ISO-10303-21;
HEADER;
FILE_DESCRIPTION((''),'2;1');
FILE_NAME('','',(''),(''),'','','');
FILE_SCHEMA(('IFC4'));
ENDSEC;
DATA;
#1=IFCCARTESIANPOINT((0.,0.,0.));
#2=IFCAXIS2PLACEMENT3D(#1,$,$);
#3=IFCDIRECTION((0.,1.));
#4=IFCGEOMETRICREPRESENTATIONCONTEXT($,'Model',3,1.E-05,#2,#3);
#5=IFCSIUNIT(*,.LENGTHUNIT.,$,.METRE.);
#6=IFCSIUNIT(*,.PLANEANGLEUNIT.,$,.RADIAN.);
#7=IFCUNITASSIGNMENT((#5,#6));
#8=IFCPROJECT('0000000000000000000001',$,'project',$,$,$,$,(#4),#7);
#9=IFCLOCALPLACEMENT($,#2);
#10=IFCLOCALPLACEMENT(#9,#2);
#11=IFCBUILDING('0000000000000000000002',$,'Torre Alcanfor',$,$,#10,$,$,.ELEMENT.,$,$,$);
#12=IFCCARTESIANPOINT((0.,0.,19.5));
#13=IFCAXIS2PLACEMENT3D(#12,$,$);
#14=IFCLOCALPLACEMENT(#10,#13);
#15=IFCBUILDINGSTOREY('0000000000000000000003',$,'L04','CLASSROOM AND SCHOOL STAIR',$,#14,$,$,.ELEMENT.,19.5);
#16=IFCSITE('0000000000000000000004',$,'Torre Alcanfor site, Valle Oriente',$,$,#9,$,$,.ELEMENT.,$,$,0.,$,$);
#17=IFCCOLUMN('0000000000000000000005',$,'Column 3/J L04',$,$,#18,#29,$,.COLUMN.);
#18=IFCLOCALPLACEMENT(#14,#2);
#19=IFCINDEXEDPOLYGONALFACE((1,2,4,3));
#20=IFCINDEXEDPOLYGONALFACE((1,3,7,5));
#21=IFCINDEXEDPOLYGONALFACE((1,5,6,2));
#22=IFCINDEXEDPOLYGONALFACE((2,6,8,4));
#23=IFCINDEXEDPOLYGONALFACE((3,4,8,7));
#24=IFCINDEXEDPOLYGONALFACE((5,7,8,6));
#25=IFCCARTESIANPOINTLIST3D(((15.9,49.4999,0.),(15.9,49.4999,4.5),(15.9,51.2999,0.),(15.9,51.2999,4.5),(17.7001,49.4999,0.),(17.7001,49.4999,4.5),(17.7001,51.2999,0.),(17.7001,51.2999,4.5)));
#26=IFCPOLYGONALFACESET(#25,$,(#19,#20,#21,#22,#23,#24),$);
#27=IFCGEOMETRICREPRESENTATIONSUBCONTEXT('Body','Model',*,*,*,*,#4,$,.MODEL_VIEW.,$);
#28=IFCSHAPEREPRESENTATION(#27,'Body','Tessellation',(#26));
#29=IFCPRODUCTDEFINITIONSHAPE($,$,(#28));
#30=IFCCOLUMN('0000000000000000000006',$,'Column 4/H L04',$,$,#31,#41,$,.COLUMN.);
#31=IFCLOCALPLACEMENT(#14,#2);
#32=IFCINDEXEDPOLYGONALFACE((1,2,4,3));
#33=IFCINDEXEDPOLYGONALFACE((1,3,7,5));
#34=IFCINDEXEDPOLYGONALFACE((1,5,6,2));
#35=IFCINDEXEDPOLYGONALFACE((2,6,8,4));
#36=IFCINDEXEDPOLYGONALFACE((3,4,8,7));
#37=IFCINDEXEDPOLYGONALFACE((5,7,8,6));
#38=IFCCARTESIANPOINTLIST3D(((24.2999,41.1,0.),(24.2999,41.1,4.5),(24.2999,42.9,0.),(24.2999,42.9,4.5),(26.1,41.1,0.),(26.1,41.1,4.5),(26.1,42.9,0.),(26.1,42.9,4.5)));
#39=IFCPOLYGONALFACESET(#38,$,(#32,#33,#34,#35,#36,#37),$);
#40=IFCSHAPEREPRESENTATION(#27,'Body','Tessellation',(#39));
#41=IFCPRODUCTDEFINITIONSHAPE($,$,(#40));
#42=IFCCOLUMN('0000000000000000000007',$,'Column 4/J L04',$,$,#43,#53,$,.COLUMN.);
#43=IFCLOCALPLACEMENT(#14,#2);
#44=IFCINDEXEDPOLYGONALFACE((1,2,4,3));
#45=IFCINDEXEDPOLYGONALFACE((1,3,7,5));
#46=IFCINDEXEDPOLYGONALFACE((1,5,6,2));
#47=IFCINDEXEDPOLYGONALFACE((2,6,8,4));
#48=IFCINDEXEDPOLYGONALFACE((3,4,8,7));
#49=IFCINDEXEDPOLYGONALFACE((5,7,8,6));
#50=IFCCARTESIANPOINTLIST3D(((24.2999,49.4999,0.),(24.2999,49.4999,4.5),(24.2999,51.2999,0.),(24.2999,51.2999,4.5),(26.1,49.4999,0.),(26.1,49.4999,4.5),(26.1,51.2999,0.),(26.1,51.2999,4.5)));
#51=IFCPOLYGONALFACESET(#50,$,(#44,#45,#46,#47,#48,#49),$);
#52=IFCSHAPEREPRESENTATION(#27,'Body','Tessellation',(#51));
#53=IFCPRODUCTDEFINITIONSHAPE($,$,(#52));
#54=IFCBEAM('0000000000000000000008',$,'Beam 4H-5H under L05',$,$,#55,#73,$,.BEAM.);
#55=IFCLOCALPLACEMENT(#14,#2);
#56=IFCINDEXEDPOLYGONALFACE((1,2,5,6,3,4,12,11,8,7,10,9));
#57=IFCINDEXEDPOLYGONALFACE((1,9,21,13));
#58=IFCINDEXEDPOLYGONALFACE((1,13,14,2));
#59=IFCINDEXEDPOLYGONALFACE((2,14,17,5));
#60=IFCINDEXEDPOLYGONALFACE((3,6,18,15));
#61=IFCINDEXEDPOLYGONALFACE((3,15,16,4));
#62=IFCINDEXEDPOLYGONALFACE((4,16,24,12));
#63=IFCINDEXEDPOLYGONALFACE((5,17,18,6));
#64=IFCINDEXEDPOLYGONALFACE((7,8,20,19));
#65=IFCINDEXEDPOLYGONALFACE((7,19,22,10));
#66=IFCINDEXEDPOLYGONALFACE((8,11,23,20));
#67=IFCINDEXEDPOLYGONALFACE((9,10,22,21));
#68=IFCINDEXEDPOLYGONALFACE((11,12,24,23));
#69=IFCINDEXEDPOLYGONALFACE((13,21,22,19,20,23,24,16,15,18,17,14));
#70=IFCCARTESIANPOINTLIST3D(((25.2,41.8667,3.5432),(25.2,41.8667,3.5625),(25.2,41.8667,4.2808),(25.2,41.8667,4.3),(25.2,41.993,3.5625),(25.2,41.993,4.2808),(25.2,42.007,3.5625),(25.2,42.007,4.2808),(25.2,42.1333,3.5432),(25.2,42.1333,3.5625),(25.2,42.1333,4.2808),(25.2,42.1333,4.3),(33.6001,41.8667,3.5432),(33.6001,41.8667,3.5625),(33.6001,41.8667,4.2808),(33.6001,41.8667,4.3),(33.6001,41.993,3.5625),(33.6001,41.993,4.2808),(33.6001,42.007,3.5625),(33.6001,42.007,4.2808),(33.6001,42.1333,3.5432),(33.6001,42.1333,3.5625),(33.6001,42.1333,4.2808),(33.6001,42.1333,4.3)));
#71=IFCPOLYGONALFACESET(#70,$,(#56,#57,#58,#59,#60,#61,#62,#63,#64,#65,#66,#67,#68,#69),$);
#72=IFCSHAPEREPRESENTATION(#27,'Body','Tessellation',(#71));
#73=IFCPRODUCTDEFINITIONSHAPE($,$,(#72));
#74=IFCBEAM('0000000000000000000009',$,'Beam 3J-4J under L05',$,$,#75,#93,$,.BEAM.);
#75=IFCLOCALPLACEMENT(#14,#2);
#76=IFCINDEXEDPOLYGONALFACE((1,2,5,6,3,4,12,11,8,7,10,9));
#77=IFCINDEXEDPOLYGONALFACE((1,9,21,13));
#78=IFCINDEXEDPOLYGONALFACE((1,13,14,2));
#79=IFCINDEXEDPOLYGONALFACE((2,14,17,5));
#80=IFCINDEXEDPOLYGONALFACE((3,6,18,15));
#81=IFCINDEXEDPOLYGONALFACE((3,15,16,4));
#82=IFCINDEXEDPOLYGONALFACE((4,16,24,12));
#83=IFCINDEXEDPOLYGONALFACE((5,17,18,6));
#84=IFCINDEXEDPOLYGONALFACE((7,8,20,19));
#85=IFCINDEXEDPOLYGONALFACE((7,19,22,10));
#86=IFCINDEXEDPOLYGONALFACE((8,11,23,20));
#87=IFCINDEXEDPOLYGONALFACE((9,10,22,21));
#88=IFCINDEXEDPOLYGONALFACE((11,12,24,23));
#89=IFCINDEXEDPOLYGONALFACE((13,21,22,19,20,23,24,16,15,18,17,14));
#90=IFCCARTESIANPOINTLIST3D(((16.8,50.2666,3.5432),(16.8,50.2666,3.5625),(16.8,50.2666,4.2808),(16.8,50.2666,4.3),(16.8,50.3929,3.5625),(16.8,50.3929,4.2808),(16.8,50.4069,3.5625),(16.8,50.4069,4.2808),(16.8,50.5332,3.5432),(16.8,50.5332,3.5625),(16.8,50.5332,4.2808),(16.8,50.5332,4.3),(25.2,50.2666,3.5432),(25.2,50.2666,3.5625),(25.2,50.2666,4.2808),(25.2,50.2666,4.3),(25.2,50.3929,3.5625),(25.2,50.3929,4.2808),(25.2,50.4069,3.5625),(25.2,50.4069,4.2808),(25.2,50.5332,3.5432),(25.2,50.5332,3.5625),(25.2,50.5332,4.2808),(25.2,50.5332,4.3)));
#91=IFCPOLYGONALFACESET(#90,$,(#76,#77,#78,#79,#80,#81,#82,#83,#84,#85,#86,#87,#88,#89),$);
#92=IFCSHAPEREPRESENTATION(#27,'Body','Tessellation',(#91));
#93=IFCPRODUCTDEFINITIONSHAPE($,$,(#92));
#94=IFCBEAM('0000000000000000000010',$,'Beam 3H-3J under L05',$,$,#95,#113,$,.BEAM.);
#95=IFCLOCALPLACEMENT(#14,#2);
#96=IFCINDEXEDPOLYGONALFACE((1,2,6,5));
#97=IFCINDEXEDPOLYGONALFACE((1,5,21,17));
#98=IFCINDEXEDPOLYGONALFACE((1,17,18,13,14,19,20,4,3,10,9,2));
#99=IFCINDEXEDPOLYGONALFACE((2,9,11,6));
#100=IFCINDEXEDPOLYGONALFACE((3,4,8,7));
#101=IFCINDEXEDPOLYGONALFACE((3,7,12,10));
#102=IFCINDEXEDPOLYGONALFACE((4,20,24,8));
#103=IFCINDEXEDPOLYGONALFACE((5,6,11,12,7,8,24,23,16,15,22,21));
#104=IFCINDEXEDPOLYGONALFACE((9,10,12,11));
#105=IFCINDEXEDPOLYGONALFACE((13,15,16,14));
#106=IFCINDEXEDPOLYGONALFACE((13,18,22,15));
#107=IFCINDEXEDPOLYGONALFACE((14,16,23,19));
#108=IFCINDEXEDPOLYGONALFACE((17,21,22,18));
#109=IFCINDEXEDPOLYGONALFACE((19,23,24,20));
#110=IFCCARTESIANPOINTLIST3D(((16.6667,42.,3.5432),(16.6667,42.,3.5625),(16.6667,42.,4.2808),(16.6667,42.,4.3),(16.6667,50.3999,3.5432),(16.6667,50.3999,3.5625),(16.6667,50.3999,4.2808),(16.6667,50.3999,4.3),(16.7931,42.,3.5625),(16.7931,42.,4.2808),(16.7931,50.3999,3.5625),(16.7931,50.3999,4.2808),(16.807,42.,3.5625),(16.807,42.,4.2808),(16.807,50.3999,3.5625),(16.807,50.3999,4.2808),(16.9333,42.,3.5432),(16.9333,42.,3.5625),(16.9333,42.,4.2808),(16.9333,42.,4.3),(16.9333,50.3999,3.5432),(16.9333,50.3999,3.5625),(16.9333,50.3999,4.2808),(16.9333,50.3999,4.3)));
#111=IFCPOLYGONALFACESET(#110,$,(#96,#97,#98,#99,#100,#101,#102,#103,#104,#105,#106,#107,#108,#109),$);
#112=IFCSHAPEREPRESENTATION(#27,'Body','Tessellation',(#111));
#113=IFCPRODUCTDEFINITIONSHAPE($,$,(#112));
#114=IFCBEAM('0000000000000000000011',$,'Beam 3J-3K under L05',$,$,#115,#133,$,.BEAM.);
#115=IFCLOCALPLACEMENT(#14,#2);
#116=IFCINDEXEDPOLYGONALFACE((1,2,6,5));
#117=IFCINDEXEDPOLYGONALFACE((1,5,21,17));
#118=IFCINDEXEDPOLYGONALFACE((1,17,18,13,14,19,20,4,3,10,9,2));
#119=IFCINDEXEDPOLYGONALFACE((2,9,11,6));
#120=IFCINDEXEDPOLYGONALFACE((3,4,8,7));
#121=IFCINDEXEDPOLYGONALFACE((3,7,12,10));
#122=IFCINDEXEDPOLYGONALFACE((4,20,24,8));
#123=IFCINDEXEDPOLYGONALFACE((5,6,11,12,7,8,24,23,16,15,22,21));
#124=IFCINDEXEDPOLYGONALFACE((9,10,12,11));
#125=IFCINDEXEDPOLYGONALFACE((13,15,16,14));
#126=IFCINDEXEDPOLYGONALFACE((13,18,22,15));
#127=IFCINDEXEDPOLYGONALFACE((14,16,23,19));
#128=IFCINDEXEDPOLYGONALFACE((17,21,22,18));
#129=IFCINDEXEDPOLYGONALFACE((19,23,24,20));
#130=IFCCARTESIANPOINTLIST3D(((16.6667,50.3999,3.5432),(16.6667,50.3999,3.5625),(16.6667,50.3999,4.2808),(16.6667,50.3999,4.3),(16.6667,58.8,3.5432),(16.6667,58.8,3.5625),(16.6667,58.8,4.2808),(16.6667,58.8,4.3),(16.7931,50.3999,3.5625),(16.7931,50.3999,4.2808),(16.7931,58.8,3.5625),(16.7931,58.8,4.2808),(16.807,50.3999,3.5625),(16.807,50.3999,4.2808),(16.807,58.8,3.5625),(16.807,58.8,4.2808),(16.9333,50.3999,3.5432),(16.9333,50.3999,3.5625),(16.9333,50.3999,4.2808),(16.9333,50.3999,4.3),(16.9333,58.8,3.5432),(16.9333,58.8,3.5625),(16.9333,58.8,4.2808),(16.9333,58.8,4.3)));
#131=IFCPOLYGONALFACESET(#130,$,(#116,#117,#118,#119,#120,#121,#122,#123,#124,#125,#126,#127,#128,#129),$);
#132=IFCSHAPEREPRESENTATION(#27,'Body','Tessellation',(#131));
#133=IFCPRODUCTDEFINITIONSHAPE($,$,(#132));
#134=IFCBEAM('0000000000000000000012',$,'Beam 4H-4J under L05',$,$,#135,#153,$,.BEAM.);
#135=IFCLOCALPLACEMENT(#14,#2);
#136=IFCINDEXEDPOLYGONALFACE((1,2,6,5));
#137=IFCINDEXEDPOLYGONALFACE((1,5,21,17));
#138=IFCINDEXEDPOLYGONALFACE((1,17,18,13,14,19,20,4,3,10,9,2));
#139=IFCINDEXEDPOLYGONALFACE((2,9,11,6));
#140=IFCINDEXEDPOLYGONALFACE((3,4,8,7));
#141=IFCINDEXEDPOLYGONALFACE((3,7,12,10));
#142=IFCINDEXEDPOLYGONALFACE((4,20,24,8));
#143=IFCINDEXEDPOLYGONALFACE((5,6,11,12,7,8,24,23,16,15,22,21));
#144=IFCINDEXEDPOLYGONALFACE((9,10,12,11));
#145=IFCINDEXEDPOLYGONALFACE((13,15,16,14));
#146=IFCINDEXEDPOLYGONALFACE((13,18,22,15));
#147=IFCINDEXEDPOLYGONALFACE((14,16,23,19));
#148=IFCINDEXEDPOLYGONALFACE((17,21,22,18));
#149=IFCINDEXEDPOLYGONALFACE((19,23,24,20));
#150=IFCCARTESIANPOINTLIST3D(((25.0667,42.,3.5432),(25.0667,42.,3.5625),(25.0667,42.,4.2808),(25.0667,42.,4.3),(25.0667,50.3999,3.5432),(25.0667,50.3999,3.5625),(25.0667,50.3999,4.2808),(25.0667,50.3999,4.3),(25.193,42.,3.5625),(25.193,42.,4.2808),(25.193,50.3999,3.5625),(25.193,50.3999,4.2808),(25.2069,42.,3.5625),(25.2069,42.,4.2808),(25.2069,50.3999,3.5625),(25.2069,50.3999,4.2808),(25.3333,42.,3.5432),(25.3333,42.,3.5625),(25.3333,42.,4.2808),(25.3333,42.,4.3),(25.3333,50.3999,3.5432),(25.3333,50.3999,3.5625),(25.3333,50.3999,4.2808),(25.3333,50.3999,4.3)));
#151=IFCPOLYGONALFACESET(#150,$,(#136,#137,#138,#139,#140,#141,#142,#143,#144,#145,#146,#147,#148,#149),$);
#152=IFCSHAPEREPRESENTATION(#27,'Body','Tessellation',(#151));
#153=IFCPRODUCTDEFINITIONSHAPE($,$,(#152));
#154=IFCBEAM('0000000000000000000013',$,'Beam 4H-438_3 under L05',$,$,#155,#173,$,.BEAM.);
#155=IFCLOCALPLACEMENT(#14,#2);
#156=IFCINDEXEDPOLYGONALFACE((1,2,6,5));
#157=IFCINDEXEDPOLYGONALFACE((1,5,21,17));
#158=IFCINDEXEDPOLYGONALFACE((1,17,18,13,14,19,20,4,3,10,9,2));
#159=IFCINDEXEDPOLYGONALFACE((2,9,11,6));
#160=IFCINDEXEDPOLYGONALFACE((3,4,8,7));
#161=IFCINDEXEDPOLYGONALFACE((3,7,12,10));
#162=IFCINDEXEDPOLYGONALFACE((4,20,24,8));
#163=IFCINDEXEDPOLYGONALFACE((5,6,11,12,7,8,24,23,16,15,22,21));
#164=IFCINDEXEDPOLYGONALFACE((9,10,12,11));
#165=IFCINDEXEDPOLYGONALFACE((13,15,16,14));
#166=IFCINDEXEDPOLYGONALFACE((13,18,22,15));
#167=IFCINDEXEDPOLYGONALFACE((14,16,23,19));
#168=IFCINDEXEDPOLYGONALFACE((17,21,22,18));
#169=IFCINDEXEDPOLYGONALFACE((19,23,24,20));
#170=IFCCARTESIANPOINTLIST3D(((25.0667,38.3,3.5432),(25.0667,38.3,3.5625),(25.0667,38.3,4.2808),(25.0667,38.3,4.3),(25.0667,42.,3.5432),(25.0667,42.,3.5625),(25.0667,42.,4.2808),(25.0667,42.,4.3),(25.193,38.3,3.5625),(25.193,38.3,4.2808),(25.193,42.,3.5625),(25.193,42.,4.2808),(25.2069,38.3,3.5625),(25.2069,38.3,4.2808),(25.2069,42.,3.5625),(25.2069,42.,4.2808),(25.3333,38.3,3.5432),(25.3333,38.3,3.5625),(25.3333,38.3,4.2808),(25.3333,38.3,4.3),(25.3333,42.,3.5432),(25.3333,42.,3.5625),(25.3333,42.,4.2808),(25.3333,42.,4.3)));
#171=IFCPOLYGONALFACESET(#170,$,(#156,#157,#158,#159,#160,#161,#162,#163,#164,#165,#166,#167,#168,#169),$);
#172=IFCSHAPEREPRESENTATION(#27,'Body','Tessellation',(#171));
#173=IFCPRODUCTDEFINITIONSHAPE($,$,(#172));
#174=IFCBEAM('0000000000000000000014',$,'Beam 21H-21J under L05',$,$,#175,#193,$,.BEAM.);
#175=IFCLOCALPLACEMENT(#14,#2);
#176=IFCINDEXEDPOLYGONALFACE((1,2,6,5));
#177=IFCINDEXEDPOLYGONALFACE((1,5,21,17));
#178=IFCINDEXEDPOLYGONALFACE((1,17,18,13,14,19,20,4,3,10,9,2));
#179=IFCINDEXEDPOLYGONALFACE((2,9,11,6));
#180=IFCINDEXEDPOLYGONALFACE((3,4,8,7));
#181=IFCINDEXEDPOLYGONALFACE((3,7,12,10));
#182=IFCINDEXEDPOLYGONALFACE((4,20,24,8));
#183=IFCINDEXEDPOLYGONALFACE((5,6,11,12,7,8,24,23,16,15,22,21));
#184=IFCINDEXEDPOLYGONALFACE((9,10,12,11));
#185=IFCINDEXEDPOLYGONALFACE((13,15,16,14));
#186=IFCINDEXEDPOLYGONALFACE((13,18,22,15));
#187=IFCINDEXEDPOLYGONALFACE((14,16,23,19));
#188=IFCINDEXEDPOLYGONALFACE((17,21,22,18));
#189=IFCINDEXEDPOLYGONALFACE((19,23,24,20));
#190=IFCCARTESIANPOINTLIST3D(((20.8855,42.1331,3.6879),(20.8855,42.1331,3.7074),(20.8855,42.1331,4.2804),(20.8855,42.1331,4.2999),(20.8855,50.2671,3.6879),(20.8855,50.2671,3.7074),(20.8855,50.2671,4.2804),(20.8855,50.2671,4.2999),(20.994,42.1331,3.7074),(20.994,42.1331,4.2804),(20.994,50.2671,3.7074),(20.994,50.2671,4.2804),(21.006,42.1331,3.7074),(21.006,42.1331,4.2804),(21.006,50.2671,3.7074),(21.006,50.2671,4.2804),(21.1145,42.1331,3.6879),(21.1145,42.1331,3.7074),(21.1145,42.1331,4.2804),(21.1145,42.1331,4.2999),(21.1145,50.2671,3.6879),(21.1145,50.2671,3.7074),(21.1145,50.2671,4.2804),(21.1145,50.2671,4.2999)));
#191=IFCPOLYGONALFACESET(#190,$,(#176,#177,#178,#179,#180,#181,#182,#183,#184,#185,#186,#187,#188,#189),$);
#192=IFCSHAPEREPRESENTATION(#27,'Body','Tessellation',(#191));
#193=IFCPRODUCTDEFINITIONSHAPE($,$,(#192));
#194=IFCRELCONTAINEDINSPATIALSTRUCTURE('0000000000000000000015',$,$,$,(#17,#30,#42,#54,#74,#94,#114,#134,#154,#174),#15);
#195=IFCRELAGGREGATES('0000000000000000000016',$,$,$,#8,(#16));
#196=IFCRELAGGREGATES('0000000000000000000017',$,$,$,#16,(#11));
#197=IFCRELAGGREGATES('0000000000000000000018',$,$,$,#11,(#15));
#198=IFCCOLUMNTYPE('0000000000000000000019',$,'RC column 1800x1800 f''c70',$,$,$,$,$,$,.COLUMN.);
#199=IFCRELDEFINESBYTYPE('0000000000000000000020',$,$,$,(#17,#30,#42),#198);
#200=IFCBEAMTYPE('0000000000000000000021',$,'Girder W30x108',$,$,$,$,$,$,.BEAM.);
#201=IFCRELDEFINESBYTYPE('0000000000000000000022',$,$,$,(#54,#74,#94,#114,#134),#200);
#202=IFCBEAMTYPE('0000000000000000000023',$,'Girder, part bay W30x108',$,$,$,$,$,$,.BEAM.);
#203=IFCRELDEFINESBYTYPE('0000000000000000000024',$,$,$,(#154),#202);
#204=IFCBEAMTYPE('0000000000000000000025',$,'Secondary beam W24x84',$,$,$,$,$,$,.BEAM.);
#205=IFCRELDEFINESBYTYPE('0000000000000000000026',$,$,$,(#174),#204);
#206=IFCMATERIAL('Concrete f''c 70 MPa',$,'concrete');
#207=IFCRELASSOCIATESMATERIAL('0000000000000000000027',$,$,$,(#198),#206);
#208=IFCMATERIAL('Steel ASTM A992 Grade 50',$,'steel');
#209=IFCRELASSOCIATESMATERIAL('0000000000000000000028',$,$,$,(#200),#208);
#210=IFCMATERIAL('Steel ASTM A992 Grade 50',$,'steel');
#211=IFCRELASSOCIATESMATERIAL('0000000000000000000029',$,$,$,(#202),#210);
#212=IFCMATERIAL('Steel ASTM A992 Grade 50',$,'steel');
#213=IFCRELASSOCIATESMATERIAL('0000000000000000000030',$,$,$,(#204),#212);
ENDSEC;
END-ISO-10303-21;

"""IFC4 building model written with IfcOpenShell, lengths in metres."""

from ifc_helpers import new_model, si_unit, direction, frame, origin, origin_2d, place, context, subcontext, project, spatial, rectangle, i_section, extrude, material, material_profile, profile_set, type_object, element, save


model = new_model("IFC4")

# Units and contexts
model_context = context("Model", 3, precision=1e-05, world=origin(), true_north=direction((0.0, 1.0)))
body_context = subcontext(model_context, "Body", "Model", "MODEL_VIEW")
ifc_project = project(units=[si_unit("LENGTHUNIT", "METRE"), si_unit("PLANEANGLEUNIT", "RADIAN")], contexts=[model_context])

# Site, building, storey
site_placement = place(None, origin())
site = spatial("IfcSite", under=ifc_project, at=site_placement, Name="Torre Alcanfor site, Valle Oriente", CompositionType="ELEMENT", RefElevation=0.0)
building_placement = place(site_placement, origin())
building = spatial("IfcBuilding", under=site, at=building_placement, Name="Torre Alcanfor", CompositionType="ELEMENT")
storey_placement = place(building_placement, frame((0.0, 0.0, 19.5)))
storey = spatial("IfcBuildingStorey", under=building, at=storey_placement, Name="L04", Description="CLASSROOM AND SCHOOL STAIR", CompositionType="ELEMENT", Elevation=19.5)

# Columns
ifc_material_1 = material(Name="Concrete f'c 70 MPa", Category="concrete")
ifc_material_profile_1 = material_profile(ifc_material_1, rectangle(XDim=1.8, YDim=1.8, at=origin_2d()), Name="1800x1800")
ifc_profile_set_1 = profile_set([ifc_material_profile_1], Name="Concrete f'c 70 MPa")
column_type = type_object("IfcColumnType", Name="RC column 1800x1800 f'c70", PredefinedType="COLUMN", material=ifc_profile_set_1)
for number, where, z_axis, x_axis, name in (
    (1, (16.8, 50.3999, 0.0), (0.0, 0.0, 1.0), (1.0, 0.0, 0.0), "Column 3/J L04"),
    (2, (25.2, 42.0, 0.0), (0.0, 0.0, 1.0), (1.0, 0.0, 0.0), "Column 4/H L04"),
    (3, (25.2, 50.3999, 0.0), (0.0, 0.0, 1.0), (1.0, 0.0, 0.0), "Column 4/J L04"),
):
    element("IfcColumn", number, at=place(storey_placement, frame(where, z_axis=z_axis, x_axis=x_axis)), inside=storey, type_object=column_type, Name=name, PredefinedType="COLUMN", context=body_context, shape_type="SweptSolid", body=[
        extrude(rectangle(XDim=1.8, YDim=1.8, at=origin_2d()), origin(), (0.0, 0.0, 1.0), 4.5),
    ])

# Beams
ifc_material_2 = material(Name="Steel ASTM A992 Grade 50", Category="steel")
ifc_material_profile_2 = material_profile(ifc_material_2, i_section(OverallWidth=0.2666, OverallDepth=0.7568, WebThickness=0.0139, FlangeThickness=0.0193, at=origin_2d()), Name="W30x108")
ifc_profile_set_2 = profile_set([ifc_material_profile_2], Name="Steel ASTM A992 Grade 50")
beam_type_1 = type_object("IfcBeamType", Name="Girder W30x108", PredefinedType="BEAM", material=ifc_profile_set_2)
beam_1_placement = place(storey_placement, frame((25.2, 42.0, 3.9216), z_axis=(1.0, 0.0, 0.0), x_axis=(0.0, 1.0, 0.0)))
element("IfcBeam", 4, at=beam_1_placement, inside=storey, type_object=beam_type_1, Name="Beam 4H-5H under L05", PredefinedType="BEAM", context=body_context, shape_type="SweptSolid", body=[
    extrude(i_section(OverallWidth=0.2666, OverallDepth=0.7568, WebThickness=0.0139, FlangeThickness=0.0193, at=origin_2d()), origin(), (0.0, 0.0, 1.0), 8.4001),
])
for number, where, z_axis, x_axis, name in (
    (5, (16.8, 50.3999, 3.9216), (1.0, 0.0, 0.0), (0.0, 1.0, 0.0), "Beam 3J-4J under L05"),
    (6, (16.8, 42.0, 3.9216), (0.0, 1.0, 0.0), (-1.0, 0.0, 0.0), "Beam 3H-3J under L05"),
):
    element("IfcBeam", number, at=place(storey_placement, frame(where, z_axis=z_axis, x_axis=x_axis)), inside=storey, type_object=beam_type_1, Name=name, PredefinedType="BEAM", context=body_context, shape_type="SweptSolid", body=[
        extrude(i_section(OverallWidth=0.2666, OverallDepth=0.7568, WebThickness=0.0139, FlangeThickness=0.0193, at=origin_2d()), origin(), (0.0, 0.0, 1.0), 8.3999),
    ])
beam_2_placement = place(storey_placement, frame((16.8, 50.3999, 3.9216), z_axis=(0.0, 1.0, 0.0), x_axis=(-1.0, 0.0, 0.0)))
element("IfcBeam", 7, at=beam_2_placement, inside=storey, type_object=beam_type_1, Name="Beam 3J-3K under L05", PredefinedType="BEAM", context=body_context, shape_type="SweptSolid", body=[
    extrude(i_section(OverallWidth=0.2666, OverallDepth=0.7568, WebThickness=0.0139, FlangeThickness=0.0193, at=origin_2d()), origin(), (0.0, 0.0, 1.0), 8.4001),
])
beam_3_placement = place(storey_placement, frame((25.2, 42.0, 3.9216), z_axis=(0.0, 1.0, 0.0), x_axis=(-1.0, 0.0, 0.0)))
element("IfcBeam", 8, at=beam_3_placement, inside=storey, type_object=beam_type_1, Name="Beam 4H-4J under L05", PredefinedType="BEAM", context=body_context, shape_type="SweptSolid", body=[
    extrude(i_section(OverallWidth=0.2666, OverallDepth=0.7568, WebThickness=0.0139, FlangeThickness=0.0193, at=origin_2d()), origin(), (0.0, 0.0, 1.0), 8.3999),
])
ifc_material_3 = material(Name="Steel ASTM A992 Grade 50", Category="steel")
ifc_material_profile_3 = material_profile(ifc_material_3, i_section(OverallWidth=0.2666, OverallDepth=0.7568, WebThickness=0.0139, FlangeThickness=0.0193, at=origin_2d()), Name="W30x108")
ifc_profile_set_3 = profile_set([ifc_material_profile_3], Name="Steel ASTM A992 Grade 50")
beam_type_2 = type_object("IfcBeamType", Name="Girder, part bay W30x108", PredefinedType="BEAM", material=ifc_profile_set_3)
beam_4_placement = place(storey_placement, frame((25.2, 42.0, 3.9216), z_axis=(0.0, -1.0, 0.0), x_axis=(1.0, 0.0, 0.0)))
element("IfcBeam", 9, at=beam_4_placement, inside=storey, type_object=beam_type_2, Name="Beam 4H-438_3 under L05", PredefinedType="BEAM", context=body_context, shape_type="SweptSolid", body=[
    extrude(i_section(OverallWidth=0.2666, OverallDepth=0.7568, WebThickness=0.0139, FlangeThickness=0.0193, at=origin_2d()), origin(), (0.0, 0.0, 1.0), 3.7),
])
ifc_material_4 = material(Name="Steel ASTM A992 Grade 50", Category="steel")
ifc_material_profile_4 = material_profile(ifc_material_4, i_section(OverallWidth=0.229, OverallDepth=0.6121, WebThickness=0.012, FlangeThickness=0.0195, at=origin_2d()), Name="W24x84")
ifc_profile_set_4 = profile_set([ifc_material_profile_4], Name="Steel ASTM A992 Grade 50")
beam_type_3 = type_object("IfcBeamType", Name="Secondary beam W24x84", PredefinedType="BEAM", material=ifc_profile_set_4)
beam_5_placement = place(storey_placement, frame((21.0, 42.1331, 3.9939), z_axis=(0.0, 1.0, 0.0), x_axis=(-1.0, 0.0, 0.0)))
element("IfcBeam", 10, at=beam_5_placement, inside=storey, type_object=beam_type_3, Name="Beam 21H-21J under L05", PredefinedType="BEAM", context=body_context, shape_type="SweptSolid", body=[
    extrude(i_section(OverallWidth=0.229, OverallDepth=0.6121, WebThickness=0.012, FlangeThickness=0.0195, at=origin_2d()), origin(), (0.0, 0.0, 1.0), 8.134),
])

save(model, "model.ifc")
